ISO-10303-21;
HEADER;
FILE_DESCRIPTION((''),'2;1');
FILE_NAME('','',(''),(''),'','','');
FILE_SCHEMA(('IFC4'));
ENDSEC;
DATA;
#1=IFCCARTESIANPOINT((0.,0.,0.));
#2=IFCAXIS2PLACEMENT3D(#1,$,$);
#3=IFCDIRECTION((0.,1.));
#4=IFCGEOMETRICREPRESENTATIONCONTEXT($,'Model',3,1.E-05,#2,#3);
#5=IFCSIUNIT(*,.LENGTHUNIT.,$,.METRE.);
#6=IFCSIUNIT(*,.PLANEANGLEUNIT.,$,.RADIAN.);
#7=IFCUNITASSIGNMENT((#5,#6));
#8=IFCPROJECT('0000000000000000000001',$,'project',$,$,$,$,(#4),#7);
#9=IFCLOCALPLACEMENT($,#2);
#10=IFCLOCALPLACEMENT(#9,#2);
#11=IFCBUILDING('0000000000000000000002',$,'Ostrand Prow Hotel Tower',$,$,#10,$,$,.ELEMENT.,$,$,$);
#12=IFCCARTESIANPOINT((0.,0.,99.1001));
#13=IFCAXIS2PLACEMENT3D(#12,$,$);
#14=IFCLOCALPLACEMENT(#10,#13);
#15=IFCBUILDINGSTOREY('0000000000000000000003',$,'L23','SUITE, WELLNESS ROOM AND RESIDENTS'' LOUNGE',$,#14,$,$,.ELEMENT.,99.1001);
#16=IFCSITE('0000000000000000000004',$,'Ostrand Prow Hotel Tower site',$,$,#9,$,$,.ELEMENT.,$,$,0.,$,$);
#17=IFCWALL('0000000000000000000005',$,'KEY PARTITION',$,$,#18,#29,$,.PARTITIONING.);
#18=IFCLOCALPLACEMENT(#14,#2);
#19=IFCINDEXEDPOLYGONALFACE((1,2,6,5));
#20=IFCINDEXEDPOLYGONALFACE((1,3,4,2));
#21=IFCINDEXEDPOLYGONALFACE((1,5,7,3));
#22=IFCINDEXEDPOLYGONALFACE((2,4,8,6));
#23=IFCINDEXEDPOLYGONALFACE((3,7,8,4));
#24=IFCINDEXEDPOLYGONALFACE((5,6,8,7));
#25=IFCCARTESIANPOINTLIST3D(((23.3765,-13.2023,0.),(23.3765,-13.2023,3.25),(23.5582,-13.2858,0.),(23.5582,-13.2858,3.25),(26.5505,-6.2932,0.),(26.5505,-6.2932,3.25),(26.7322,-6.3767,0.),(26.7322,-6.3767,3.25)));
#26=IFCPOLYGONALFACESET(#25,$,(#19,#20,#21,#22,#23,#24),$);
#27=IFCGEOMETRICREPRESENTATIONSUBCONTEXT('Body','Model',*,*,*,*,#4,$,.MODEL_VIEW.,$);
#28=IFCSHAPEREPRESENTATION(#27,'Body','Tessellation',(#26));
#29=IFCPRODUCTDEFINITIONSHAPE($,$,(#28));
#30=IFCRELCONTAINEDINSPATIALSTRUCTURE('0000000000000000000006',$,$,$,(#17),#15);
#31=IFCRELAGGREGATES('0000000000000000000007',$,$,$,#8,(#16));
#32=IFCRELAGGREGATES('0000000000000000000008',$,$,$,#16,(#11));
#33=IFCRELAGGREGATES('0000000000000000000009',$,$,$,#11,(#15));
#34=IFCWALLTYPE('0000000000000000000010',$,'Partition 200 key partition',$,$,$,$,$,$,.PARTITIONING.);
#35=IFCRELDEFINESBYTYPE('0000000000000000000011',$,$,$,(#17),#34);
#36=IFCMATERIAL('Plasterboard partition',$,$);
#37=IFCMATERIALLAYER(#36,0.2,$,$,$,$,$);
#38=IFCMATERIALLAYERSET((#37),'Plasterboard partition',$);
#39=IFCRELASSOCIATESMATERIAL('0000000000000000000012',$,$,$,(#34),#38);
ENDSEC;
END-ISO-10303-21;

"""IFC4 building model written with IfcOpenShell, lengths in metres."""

from ifc_helpers import new_model, si_unit, direction, frame, frame_2d, origin, place, context, subcontext, project, spatial, rectangle, extrude, material, layer, layer_set, type_object, element, save


model = new_model("IFC4")

# Units and contexts
model_context = context("Model", 3, precision=1e-05, world=origin(), true_north=direction((0.0, 1.0)))
body_context = subcontext(model_context, "Body", "Model", "MODEL_VIEW")
ifc_project = project(units=[si_unit("LENGTHUNIT", "METRE"), si_unit("PLANEANGLEUNIT", "RADIAN")], contexts=[model_context])

# Site, building, storey
site_placement = place(None, origin())
site = spatial("IfcSite", under=ifc_project, at=site_placement, Name="Ostrand Prow Hotel Tower site", CompositionType="ELEMENT", RefElevation=0.0)
building_placement = place(site_placement, origin())
building = spatial("IfcBuilding", under=site, at=building_placement, Name="Ostrand Prow Hotel Tower", CompositionType="ELEMENT")
storey_placement = place(building_placement, frame((0.0, 0.0, 99.1001)))
storey = spatial("IfcBuildingStorey", under=building, at=storey_placement, Name="L23", Description="SUITE, WELLNESS ROOM AND RESIDENTS' LOUNGE", CompositionType="ELEMENT", Elevation=99.1001)

# Wall
ifc_material_1 = material(Name="Plasterboard partition")
ifc_layer_1 = layer(ifc_material_1, 0.2)
ifc_layer_set_1 = layer_set([ifc_layer_1], Name="Plasterboard partition")
wall_type_1 = type_object("IfcWallType", Name="Partition 200 key partition", PredefinedType="PARTITIONING", material=ifc_layer_set_1)
wall_1_placement = place(storey_placement, frame((23.4673, -13.2441, 0.0), z_axis=(0.0, 0.0, 1.0), x_axis=(0.417455, 0.908698, 0.0)))
element("IfcWall", 1, at=wall_1_placement, inside=storey, type_object=wall_type_1, Name="KEY PARTITION", PredefinedType="PARTITIONING", context=body_context, shape_type="SweptSolid", body=[
    extrude(rectangle(XDim=7.6033, YDim=0.2, at=frame_2d((3.8018, 0.0))), origin(), (0.0, 0.0, 1.0), 3.25),
])

save(model, "model.ifc")
